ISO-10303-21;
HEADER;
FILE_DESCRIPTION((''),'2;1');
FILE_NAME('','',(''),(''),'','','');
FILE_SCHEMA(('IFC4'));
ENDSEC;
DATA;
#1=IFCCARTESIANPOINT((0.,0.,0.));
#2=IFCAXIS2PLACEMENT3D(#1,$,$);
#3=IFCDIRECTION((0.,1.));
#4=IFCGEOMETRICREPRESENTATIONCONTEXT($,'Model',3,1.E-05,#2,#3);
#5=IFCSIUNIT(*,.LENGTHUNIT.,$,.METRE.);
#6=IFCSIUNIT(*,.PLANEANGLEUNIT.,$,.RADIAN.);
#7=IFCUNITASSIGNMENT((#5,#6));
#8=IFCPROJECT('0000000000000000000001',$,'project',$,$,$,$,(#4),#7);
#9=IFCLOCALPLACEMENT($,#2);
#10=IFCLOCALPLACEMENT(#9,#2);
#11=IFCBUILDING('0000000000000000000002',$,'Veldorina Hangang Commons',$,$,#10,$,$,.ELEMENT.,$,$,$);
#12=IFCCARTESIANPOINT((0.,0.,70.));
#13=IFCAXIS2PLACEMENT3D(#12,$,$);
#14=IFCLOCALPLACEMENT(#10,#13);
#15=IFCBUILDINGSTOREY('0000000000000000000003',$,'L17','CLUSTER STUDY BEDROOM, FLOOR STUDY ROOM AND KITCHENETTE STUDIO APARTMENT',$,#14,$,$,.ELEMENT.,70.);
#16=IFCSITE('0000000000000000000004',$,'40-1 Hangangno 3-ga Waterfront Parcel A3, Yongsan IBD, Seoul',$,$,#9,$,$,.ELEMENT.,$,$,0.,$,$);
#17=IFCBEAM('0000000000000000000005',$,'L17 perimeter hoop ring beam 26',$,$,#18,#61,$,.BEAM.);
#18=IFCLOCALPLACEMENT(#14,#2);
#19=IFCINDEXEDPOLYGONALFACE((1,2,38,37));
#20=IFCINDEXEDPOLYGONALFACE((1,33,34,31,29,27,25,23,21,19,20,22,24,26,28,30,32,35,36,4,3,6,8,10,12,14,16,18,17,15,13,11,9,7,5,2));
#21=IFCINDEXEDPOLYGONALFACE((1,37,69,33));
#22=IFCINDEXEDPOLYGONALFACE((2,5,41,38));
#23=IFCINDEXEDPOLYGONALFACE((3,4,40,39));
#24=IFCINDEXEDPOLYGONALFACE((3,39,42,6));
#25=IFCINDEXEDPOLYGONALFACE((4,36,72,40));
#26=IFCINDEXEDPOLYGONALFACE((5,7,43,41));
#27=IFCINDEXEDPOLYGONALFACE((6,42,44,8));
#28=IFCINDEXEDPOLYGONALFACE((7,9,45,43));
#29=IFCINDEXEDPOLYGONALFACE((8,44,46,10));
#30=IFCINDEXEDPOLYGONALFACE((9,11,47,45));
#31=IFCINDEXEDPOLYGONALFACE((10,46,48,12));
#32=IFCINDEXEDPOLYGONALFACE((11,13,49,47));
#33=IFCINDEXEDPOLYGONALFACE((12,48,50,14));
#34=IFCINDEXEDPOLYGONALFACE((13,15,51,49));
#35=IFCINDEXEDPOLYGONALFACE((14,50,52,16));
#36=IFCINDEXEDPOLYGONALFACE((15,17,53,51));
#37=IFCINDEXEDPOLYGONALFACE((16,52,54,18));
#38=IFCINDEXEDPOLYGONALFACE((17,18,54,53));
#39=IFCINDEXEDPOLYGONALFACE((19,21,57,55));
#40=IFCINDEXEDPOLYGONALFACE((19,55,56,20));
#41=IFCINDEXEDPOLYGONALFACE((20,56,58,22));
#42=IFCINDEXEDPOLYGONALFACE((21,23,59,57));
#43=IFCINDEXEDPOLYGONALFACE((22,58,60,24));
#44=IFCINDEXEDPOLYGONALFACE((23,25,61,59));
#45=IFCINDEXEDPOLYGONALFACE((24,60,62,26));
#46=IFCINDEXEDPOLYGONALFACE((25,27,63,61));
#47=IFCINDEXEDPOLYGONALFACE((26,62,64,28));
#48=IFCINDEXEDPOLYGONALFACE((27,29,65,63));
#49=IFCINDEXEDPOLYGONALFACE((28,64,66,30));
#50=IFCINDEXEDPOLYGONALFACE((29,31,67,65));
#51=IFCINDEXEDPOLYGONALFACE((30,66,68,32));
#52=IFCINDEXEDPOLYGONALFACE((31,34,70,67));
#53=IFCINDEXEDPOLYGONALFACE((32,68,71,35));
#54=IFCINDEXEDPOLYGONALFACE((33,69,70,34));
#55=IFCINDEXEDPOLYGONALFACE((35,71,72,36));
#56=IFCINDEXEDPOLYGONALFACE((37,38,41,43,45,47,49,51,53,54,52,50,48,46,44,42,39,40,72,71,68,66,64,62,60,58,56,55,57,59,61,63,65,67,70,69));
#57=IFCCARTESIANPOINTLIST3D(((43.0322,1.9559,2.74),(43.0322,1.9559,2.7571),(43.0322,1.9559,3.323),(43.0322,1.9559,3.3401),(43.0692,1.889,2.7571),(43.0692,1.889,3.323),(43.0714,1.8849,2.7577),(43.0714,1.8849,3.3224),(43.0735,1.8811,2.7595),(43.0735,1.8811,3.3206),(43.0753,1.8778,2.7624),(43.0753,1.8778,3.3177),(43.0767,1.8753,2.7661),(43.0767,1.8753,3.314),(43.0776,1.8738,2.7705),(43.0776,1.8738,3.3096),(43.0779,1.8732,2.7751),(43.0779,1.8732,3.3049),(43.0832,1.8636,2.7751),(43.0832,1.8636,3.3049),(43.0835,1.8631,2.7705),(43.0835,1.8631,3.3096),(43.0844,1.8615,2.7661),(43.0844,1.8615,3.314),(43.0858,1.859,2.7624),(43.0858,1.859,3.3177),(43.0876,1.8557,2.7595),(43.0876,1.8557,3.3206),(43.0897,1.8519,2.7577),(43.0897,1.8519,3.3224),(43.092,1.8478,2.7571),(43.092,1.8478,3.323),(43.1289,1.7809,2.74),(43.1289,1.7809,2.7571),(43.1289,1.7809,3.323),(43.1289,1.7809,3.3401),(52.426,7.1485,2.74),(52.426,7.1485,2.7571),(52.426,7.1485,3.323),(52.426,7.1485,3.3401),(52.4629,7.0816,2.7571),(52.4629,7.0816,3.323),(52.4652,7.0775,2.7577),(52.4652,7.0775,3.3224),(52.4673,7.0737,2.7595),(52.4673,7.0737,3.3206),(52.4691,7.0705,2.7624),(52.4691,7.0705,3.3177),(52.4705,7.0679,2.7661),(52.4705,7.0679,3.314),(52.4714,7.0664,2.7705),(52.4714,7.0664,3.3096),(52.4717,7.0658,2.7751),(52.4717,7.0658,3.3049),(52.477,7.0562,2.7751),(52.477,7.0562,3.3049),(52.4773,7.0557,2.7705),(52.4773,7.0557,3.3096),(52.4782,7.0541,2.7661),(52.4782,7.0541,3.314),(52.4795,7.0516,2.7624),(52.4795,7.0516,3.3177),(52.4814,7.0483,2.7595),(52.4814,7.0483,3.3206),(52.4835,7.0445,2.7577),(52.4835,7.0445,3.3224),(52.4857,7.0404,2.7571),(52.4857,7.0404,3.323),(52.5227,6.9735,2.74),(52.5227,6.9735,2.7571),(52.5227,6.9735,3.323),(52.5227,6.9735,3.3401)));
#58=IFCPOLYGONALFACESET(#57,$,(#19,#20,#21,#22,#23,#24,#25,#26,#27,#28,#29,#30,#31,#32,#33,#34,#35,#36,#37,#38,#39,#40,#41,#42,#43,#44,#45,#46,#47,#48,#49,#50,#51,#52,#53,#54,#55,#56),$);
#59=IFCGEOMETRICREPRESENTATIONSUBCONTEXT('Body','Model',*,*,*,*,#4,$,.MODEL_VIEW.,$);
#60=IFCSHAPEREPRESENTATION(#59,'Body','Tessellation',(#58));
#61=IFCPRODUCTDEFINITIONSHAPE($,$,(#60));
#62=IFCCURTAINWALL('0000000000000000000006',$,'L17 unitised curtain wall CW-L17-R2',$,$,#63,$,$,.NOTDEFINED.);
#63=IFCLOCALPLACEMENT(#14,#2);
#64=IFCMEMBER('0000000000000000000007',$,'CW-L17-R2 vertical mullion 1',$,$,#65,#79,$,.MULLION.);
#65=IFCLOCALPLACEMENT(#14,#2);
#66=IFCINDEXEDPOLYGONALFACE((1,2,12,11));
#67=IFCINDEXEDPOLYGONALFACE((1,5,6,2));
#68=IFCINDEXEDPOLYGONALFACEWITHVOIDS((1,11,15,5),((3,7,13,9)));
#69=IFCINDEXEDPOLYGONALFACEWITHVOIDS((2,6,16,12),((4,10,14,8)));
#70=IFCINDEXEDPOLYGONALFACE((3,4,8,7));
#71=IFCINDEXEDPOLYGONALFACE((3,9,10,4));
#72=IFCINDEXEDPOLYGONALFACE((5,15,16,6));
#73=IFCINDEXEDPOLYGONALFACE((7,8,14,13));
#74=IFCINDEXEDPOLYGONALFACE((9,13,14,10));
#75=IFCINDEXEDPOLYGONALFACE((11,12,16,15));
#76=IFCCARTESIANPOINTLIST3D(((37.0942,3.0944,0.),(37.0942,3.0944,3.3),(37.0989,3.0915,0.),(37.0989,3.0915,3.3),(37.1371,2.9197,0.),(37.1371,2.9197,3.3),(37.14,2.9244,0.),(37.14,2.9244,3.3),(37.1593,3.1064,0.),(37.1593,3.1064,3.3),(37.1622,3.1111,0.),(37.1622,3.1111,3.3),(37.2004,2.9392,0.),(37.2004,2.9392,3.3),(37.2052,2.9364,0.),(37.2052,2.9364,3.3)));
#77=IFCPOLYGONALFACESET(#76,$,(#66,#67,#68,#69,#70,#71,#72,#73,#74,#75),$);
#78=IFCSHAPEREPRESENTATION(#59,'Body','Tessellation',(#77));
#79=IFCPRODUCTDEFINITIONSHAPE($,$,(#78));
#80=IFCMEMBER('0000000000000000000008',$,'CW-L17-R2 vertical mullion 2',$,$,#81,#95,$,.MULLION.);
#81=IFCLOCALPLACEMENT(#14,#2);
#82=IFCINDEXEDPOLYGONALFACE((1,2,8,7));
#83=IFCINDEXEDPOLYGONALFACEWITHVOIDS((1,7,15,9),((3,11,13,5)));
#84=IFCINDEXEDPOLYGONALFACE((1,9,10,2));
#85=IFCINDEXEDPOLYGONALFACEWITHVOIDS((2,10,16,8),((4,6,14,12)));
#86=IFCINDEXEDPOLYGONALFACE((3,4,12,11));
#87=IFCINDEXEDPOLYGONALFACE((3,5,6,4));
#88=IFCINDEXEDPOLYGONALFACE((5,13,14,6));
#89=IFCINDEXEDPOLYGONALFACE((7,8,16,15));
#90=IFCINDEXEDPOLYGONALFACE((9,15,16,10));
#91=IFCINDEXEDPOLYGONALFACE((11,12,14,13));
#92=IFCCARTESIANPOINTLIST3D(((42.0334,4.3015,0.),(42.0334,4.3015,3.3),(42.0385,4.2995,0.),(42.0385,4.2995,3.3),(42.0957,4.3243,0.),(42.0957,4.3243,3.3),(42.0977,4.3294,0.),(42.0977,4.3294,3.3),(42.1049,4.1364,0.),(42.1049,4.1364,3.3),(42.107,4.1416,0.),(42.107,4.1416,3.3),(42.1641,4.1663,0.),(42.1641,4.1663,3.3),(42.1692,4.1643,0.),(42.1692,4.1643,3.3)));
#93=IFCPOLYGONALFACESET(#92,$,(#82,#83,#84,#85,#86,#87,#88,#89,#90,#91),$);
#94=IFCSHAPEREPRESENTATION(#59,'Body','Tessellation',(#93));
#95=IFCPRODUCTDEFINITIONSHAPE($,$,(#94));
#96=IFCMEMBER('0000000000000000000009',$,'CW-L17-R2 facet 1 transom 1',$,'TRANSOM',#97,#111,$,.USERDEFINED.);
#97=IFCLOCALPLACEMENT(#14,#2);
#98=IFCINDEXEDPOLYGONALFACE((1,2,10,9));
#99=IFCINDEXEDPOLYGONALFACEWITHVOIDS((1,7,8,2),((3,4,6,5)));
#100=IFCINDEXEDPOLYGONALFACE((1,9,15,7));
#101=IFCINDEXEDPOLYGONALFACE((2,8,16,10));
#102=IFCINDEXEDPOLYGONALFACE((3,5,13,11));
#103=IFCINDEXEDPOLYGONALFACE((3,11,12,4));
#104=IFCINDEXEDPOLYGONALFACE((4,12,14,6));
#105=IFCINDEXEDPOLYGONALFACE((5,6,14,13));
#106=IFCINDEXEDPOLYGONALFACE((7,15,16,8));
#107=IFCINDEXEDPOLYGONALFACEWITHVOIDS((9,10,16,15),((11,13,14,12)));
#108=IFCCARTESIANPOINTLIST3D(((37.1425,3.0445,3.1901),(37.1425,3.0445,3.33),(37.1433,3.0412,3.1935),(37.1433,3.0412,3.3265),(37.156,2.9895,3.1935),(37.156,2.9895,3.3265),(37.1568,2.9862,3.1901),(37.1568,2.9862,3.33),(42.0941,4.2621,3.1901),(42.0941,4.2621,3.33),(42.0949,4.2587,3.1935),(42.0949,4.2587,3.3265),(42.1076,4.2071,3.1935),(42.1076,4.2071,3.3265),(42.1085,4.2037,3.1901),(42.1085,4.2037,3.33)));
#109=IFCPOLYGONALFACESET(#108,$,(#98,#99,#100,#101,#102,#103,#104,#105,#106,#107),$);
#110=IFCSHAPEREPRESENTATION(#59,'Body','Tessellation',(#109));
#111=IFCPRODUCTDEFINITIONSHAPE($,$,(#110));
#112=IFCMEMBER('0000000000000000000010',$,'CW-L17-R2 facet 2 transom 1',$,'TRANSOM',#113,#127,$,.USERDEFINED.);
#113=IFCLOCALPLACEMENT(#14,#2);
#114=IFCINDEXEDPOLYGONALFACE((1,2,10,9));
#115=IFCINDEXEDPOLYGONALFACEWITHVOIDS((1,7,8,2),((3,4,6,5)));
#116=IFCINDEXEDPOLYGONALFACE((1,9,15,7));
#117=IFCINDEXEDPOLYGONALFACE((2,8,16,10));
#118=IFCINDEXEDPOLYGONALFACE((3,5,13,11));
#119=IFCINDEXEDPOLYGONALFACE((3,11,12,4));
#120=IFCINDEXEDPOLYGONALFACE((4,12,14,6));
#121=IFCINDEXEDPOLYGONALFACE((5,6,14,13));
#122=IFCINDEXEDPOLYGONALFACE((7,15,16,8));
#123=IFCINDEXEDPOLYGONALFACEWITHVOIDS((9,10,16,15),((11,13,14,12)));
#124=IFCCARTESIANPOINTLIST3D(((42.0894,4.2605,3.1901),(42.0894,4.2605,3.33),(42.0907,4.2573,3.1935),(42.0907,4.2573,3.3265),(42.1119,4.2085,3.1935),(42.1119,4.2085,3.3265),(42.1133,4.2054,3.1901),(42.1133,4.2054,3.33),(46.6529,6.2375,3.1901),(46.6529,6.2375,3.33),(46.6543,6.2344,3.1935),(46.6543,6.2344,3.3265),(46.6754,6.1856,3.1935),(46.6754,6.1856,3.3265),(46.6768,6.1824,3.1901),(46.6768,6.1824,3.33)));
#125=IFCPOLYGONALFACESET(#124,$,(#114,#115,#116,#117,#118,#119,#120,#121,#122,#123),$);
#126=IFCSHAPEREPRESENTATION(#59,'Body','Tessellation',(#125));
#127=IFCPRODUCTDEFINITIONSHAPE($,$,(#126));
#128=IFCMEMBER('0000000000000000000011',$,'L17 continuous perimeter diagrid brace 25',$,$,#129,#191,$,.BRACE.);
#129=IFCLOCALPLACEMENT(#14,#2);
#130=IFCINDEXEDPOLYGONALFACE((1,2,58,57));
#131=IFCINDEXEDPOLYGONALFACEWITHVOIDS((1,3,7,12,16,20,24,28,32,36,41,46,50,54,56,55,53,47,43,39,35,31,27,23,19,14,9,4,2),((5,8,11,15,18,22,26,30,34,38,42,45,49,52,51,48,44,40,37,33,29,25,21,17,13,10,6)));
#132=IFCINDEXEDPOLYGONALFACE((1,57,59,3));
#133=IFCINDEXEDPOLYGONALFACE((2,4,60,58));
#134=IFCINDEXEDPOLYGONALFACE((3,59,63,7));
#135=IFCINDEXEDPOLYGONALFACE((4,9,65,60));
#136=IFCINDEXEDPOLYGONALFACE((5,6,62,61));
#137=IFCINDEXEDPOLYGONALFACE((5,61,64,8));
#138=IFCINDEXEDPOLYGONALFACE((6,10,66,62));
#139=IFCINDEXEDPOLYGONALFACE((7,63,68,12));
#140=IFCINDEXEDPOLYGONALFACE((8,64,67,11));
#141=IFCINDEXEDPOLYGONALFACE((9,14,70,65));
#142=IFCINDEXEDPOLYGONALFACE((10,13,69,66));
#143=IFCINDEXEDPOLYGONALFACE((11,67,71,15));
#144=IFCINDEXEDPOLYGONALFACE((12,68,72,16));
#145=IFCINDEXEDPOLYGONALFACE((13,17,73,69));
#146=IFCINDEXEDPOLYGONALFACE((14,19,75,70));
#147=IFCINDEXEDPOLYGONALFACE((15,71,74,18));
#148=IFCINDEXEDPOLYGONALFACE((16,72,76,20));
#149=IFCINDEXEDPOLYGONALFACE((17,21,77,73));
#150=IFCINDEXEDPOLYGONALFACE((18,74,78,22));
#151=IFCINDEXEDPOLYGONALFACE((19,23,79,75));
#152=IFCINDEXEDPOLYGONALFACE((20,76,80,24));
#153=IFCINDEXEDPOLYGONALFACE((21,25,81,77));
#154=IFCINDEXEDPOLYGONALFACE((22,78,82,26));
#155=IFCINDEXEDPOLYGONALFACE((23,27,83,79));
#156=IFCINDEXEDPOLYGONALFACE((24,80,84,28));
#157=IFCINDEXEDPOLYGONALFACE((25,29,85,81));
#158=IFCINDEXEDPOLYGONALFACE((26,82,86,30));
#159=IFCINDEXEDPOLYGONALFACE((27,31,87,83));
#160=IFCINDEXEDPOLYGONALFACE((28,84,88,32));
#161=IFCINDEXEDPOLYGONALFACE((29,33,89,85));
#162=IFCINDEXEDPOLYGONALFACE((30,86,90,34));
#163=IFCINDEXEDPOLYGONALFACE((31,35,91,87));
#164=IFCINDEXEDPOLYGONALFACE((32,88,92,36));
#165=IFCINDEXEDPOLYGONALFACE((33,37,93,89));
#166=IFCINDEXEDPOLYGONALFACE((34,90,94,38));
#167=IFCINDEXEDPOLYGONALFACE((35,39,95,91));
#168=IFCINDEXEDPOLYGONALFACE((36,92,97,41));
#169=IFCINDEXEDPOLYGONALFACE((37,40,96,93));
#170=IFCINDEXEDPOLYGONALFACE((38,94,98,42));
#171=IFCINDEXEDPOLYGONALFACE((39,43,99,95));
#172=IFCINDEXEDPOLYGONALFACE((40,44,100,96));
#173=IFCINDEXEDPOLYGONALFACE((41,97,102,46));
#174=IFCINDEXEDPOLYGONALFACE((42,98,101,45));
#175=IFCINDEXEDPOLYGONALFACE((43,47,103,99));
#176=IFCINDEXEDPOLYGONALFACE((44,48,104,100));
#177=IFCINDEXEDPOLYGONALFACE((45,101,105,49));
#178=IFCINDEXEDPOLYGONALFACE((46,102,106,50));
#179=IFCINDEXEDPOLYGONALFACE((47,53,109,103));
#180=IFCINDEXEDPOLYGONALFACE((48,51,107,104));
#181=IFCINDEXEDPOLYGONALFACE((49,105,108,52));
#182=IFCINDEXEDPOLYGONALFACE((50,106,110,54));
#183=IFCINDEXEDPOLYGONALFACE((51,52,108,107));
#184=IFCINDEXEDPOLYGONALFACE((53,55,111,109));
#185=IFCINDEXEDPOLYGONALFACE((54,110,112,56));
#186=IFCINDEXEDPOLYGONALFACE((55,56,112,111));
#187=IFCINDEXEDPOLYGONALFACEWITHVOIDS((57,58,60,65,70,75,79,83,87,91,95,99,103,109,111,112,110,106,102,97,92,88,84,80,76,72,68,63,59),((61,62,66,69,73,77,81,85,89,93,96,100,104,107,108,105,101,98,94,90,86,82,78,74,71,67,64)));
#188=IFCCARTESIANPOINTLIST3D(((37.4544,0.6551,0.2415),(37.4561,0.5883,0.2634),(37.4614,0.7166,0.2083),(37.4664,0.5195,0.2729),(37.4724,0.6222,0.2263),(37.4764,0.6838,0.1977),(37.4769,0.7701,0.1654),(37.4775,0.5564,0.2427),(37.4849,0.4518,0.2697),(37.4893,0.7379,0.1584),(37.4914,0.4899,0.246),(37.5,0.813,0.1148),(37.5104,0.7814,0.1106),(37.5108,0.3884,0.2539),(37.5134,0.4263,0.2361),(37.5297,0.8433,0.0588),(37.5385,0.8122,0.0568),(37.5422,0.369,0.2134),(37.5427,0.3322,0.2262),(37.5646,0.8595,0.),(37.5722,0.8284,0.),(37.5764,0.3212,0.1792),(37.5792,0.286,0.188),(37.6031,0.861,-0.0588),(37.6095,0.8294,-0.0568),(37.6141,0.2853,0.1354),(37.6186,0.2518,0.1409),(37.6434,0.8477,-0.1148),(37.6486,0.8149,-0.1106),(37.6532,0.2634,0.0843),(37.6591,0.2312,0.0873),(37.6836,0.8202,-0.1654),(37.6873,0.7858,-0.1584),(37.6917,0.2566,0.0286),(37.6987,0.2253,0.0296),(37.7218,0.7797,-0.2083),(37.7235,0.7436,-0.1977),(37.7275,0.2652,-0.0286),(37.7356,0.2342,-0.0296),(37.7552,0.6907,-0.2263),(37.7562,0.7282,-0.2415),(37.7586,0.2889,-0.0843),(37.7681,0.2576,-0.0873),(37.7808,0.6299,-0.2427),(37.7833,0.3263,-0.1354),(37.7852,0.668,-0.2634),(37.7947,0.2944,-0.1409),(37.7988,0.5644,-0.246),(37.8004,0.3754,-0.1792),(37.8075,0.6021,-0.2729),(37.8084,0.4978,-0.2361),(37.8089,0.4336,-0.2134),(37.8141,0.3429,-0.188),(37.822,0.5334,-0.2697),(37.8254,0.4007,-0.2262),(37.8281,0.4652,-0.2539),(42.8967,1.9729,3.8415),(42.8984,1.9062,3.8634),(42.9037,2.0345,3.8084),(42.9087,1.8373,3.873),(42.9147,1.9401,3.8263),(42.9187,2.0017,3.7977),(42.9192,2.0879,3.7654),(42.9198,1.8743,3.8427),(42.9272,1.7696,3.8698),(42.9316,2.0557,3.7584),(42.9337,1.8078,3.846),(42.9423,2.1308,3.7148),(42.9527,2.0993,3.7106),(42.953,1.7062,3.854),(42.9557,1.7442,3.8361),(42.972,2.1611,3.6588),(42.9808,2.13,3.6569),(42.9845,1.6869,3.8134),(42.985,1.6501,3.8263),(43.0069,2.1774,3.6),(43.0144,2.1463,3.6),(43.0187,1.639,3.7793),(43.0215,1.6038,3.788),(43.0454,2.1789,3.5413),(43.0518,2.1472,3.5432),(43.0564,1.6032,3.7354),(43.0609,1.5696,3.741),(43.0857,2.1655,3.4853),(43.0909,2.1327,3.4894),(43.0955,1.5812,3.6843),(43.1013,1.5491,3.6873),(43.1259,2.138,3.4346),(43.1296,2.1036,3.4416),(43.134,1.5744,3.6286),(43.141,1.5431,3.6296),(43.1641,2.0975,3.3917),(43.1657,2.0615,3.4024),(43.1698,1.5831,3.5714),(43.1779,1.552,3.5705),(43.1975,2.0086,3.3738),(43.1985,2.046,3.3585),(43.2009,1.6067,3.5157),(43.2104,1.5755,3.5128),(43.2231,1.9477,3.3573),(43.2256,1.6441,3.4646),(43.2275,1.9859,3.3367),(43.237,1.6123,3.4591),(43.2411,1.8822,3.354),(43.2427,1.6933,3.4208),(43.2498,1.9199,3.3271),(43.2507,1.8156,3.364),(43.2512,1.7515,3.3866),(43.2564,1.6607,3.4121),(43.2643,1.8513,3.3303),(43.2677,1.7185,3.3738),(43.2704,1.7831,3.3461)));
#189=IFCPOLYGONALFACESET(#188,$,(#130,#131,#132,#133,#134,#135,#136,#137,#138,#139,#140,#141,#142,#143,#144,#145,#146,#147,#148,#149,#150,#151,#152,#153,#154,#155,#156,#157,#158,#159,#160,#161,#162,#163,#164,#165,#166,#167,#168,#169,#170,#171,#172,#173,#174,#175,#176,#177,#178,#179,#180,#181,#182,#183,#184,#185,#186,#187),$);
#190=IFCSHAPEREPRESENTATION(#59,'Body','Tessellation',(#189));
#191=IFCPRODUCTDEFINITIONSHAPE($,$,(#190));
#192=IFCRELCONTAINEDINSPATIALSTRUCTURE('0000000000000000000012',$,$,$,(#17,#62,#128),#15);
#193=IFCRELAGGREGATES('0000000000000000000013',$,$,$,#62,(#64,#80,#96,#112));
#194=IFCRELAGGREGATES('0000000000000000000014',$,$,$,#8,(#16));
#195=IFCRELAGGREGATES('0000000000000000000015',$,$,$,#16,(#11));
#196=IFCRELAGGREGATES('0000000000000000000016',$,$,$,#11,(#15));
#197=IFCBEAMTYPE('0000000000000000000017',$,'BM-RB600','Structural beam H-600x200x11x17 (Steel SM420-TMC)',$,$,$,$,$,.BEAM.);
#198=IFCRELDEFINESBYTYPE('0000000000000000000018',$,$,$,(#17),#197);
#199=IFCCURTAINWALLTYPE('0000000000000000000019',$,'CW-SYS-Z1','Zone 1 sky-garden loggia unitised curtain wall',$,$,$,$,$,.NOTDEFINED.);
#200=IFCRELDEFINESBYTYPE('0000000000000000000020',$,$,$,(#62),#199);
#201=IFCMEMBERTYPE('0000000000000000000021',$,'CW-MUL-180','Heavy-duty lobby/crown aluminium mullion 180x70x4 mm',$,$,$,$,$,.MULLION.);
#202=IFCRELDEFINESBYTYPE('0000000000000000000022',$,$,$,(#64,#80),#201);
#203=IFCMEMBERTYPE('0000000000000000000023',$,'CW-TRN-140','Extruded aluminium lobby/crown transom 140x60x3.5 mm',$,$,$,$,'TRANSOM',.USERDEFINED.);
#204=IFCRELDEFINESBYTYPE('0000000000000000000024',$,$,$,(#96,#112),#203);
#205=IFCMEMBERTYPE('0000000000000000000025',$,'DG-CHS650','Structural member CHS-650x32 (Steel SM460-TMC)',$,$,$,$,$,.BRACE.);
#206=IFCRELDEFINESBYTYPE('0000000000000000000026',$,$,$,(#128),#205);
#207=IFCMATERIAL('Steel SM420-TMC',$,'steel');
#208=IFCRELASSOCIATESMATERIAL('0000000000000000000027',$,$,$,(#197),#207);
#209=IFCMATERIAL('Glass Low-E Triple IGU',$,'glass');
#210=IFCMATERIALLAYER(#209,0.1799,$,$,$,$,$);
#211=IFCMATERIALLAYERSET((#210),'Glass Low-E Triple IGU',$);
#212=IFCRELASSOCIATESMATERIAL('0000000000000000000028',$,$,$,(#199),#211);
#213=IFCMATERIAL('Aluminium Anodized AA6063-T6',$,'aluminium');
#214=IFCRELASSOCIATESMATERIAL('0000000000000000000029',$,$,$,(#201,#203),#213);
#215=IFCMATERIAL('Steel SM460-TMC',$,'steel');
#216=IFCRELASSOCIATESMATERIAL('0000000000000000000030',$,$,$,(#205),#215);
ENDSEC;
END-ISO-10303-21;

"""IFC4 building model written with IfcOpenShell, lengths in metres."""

from ifc_helpers import new_model, si_unit, direction, frame, origin, origin_2d, place, context, subcontext, project, spatial, hollow_rectangle, hollow_circle, i_section, extrude, material, layer, layer_set, material_profile, profile_set, type_object, element, aggregate, save


model = new_model("IFC4")

# Units and contexts
model_context = context("Model", 3, precision=1e-05, world=origin(), true_north=direction((0.0, 1.0)))
body_context = subcontext(model_context, "Body", "Model", "MODEL_VIEW")
ifc_project = project(units=[si_unit("LENGTHUNIT", "METRE"), si_unit("PLANEANGLEUNIT", "RADIAN")], contexts=[model_context])

# Site, building, storey
site_placement = place(None, origin())
site = spatial("IfcSite", under=ifc_project, at=site_placement, Name="40-1 Hangangno 3-ga Waterfront Parcel A3, Yongsan IBD, Seoul", CompositionType="ELEMENT", RefElevation=0.0)
building_placement = place(site_placement, origin())
building = spatial("IfcBuilding", under=site, at=building_placement, Name="Veldorina Hangang Commons", CompositionType="ELEMENT")
storey_placement = place(building_placement, frame((0.0, 0.0, 70.0)))
storey = spatial("IfcBuildingStorey", under=building, at=storey_placement, Name="L17", Description="CLUSTER STUDY BEDROOM, FLOOR STUDY ROOM AND KITCHENETTE STUDIO APARTMENT", CompositionType="ELEMENT", Elevation=70.0)

# Beam
ifc_material_1 = material(Name="Steel SM420-TMC", Category="steel")
ifc_material_profile_1 = material_profile(ifc_material_1, i_section(OverallWidth=0.2, OverallDepth=0.6001, WebThickness=0.011, FlangeThickness=0.0171, FilletRadius=0.0181, at=origin_2d()), Name="H-600x200x11x17")
ifc_profile_set_1 = profile_set([ifc_material_profile_1], Name="Steel SM420-TMC")
beam_type = type_object("IfcBeamType", Name="BM-RB600", Description="Structural beam H-600x200x11x17 (Steel SM420-TMC)", PredefinedType="BEAM", material=ifc_profile_set_1)
beam_placement = place(storey_placement, frame((43.0806, 1.8684, 3.04), z_axis=(0.87519, 0.48378, 0.0), x_axis=(-0.48378, 0.87519, 0.0)))
element("IfcBeam", 1, at=beam_placement, inside=storey, type_object=beam_type, Name="L17 perimeter hoop ring beam 26", PredefinedType="BEAM", context=body_context, shape_type="SweptSolid", body=[
    extrude(i_section(OverallWidth=0.2, OverallDepth=0.6001, WebThickness=0.011, FlangeThickness=0.0171, FilletRadius=0.0181, at=origin_2d()), origin(), (0.0, 0.0, 1.0), 10.7334),
])

# Curtain wall, members
ifc_material_2 = material(Name="Glass Low-E Triple IGU", Category="glass")
ifc_layer_1 = layer(ifc_material_2, 0.1799)
ifc_layer_set_1 = layer_set([ifc_layer_1], Name="Glass Low-E Triple IGU")
curtain_wall_type = type_object("IfcCurtainWallType", Name="CW-SYS-Z1", Description="Zone 1 sky-garden loggia unitised curtain wall", PredefinedType="NOTDEFINED", material=ifc_layer_set_1)
curtain_wall_placement = place(storey_placement, origin())
curtain_wall = element("IfcCurtainWall", 2, at=curtain_wall_placement, inside=storey, type_object=curtain_wall_type, Name="L17 unitised curtain wall CW-L17-R2", PredefinedType="NOTDEFINED")
ifc_material_3 = material(Name="Aluminium Anodized AA6063-T6", Category="aluminium")
ifc_material_profile_2 = material_profile(ifc_material_3, hollow_rectangle(XDim=0.0701, YDim=0.1799, WallThickness=0.0039, at=origin_2d()), Name="ALU-RHS-180x70x4")
ifc_profile_set_2 = profile_set([ifc_material_profile_2], Name="Aluminium Anodized AA6063-T6")
member_type_1 = type_object("IfcMemberType", Name="CW-MUL-180", Description="Heavy-duty lobby/crown aluminium mullion 180x70x4 mm", PredefinedType="MULLION", material=ifc_profile_set_2)
member_1_placement = place(storey_placement, frame((37.1497, 3.0154, 0.0), z_axis=(0.0, 0.0, 1.0), x_axis=(0.971072, 0.238788, 0.0)))
member_1 = element("IfcMember", 3, at=member_1_placement, type_object=member_type_1, Name="CW-L17-R2 vertical mullion 1", PredefinedType="MULLION", context=body_context, shape_type="SweptSolid", body=[
    extrude(hollow_rectangle(XDim=0.0701, YDim=0.1799, WallThickness=0.0039, at=origin_2d()), origin(), (0.0, 0.0, 1.0), 3.3),
])
member_2_placement = place(storey_placement, frame((42.1013, 4.2329, 0.0), z_axis=(0.0, 0.0, 1.0), x_axis=(0.917588, 0.397532, 0.0)))
member_2 = element("IfcMember", 4, at=member_2_placement, type_object=member_type_1, Name="CW-L17-R2 vertical mullion 2", PredefinedType="MULLION", context=body_context, shape_type="SweptSolid", body=[
    extrude(hollow_rectangle(XDim=0.0701, YDim=0.1799, WallThickness=0.0039, at=origin_2d()), origin(), (0.0, 0.0, 1.0), 3.3),
])
ifc_material_profile_3 = material_profile(ifc_material_3, hollow_rectangle(XDim=0.0601, YDim=0.1399, WallThickness=0.0034, at=origin_2d()), Name="ALU-RHS-140x60x3.5")
ifc_profile_set_3 = profile_set([ifc_material_profile_3], Name="Aluminium Anodized AA6063-T6")
member_type_2 = type_object("IfcMemberType", Name="CW-TRN-140", Description="Extruded aluminium lobby/crown transom 140x60x3.5 mm", ElementType="TRANSOM", PredefinedType="USERDEFINED", material=ifc_profile_set_3)
member_3_placement = place(storey_placement, frame((37.1497, 3.0154, 3.26), z_axis=(0.971076, 0.238771, 0.0), x_axis=(-0.238771, 0.971076, 0.0)))
member_3 = element("IfcMember", 5, at=member_3_placement, type_object=member_type_2, Name="CW-L17-R2 facet 1 transom 1", ObjectType="TRANSOM", PredefinedType="USERDEFINED", context=body_context, shape_type="SweptSolid", body=[
    extrude(hollow_rectangle(XDim=0.0601, YDim=0.1399, WallThickness=0.0034, at=origin_2d()), origin(), (0.0, 0.0, 1.0), 5.0991),
])
member_4_placement = place(storey_placement, frame((42.1013, 4.2329, 3.26), z_axis=(0.917589, 0.39753, 0.0), x_axis=(-0.39753, 0.917589, 0.0)))
member_4 = element("IfcMember", 6, at=member_4_placement, type_object=member_type_2, Name="CW-L17-R2 facet 2 transom 1", ObjectType="TRANSOM", PredefinedType="USERDEFINED", context=body_context, shape_type="SweptSolid", body=[
    extrude(hollow_rectangle(XDim=0.0601, YDim=0.1399, WallThickness=0.0034, at=origin_2d()), origin(), (0.0, 0.0, 1.0), 4.9734),
])

# Member
ifc_material_4 = material(Name="Steel SM460-TMC", Category="steel")
ifc_material_profile_4 = material_profile(ifc_material_4, hollow_circle(Radius=0.325, WallThickness=0.032, at=origin_2d()), Name="CHS-650x32")
ifc_profile_set_4 = profile_set([ifc_material_profile_4], Name="Steel SM460-TMC")
member_type_3 = type_object("IfcMemberType", Name="DG-CHS650", Description="Structural member CHS-650x32 (Steel SM460-TMC)", PredefinedType="BRACE", material=ifc_profile_set_4)
member_5_placement = place(storey_placement, frame((37.6411, 0.5437, 0.0), z_axis=(0.81753, 0.197965, 0.54079), x_axis=(-0.235348, 0.971911, 0.0)))
element("IfcMember", 7, at=member_5_placement, inside=storey, type_object=member_type_3, Name="L17 continuous perimeter diagrid brace 25", PredefinedType="BRACE", context=body_context, shape_type="SweptSolid", body=[
    extrude(hollow_circle(Radius=0.325, WallThickness=0.032, at=origin_2d()), origin(), (0.0, 0.0, 1.0), 6.657),
])

aggregate(curtain_wall, [member_1, member_2, member_3, member_4])

save(model, "model.ifc")
